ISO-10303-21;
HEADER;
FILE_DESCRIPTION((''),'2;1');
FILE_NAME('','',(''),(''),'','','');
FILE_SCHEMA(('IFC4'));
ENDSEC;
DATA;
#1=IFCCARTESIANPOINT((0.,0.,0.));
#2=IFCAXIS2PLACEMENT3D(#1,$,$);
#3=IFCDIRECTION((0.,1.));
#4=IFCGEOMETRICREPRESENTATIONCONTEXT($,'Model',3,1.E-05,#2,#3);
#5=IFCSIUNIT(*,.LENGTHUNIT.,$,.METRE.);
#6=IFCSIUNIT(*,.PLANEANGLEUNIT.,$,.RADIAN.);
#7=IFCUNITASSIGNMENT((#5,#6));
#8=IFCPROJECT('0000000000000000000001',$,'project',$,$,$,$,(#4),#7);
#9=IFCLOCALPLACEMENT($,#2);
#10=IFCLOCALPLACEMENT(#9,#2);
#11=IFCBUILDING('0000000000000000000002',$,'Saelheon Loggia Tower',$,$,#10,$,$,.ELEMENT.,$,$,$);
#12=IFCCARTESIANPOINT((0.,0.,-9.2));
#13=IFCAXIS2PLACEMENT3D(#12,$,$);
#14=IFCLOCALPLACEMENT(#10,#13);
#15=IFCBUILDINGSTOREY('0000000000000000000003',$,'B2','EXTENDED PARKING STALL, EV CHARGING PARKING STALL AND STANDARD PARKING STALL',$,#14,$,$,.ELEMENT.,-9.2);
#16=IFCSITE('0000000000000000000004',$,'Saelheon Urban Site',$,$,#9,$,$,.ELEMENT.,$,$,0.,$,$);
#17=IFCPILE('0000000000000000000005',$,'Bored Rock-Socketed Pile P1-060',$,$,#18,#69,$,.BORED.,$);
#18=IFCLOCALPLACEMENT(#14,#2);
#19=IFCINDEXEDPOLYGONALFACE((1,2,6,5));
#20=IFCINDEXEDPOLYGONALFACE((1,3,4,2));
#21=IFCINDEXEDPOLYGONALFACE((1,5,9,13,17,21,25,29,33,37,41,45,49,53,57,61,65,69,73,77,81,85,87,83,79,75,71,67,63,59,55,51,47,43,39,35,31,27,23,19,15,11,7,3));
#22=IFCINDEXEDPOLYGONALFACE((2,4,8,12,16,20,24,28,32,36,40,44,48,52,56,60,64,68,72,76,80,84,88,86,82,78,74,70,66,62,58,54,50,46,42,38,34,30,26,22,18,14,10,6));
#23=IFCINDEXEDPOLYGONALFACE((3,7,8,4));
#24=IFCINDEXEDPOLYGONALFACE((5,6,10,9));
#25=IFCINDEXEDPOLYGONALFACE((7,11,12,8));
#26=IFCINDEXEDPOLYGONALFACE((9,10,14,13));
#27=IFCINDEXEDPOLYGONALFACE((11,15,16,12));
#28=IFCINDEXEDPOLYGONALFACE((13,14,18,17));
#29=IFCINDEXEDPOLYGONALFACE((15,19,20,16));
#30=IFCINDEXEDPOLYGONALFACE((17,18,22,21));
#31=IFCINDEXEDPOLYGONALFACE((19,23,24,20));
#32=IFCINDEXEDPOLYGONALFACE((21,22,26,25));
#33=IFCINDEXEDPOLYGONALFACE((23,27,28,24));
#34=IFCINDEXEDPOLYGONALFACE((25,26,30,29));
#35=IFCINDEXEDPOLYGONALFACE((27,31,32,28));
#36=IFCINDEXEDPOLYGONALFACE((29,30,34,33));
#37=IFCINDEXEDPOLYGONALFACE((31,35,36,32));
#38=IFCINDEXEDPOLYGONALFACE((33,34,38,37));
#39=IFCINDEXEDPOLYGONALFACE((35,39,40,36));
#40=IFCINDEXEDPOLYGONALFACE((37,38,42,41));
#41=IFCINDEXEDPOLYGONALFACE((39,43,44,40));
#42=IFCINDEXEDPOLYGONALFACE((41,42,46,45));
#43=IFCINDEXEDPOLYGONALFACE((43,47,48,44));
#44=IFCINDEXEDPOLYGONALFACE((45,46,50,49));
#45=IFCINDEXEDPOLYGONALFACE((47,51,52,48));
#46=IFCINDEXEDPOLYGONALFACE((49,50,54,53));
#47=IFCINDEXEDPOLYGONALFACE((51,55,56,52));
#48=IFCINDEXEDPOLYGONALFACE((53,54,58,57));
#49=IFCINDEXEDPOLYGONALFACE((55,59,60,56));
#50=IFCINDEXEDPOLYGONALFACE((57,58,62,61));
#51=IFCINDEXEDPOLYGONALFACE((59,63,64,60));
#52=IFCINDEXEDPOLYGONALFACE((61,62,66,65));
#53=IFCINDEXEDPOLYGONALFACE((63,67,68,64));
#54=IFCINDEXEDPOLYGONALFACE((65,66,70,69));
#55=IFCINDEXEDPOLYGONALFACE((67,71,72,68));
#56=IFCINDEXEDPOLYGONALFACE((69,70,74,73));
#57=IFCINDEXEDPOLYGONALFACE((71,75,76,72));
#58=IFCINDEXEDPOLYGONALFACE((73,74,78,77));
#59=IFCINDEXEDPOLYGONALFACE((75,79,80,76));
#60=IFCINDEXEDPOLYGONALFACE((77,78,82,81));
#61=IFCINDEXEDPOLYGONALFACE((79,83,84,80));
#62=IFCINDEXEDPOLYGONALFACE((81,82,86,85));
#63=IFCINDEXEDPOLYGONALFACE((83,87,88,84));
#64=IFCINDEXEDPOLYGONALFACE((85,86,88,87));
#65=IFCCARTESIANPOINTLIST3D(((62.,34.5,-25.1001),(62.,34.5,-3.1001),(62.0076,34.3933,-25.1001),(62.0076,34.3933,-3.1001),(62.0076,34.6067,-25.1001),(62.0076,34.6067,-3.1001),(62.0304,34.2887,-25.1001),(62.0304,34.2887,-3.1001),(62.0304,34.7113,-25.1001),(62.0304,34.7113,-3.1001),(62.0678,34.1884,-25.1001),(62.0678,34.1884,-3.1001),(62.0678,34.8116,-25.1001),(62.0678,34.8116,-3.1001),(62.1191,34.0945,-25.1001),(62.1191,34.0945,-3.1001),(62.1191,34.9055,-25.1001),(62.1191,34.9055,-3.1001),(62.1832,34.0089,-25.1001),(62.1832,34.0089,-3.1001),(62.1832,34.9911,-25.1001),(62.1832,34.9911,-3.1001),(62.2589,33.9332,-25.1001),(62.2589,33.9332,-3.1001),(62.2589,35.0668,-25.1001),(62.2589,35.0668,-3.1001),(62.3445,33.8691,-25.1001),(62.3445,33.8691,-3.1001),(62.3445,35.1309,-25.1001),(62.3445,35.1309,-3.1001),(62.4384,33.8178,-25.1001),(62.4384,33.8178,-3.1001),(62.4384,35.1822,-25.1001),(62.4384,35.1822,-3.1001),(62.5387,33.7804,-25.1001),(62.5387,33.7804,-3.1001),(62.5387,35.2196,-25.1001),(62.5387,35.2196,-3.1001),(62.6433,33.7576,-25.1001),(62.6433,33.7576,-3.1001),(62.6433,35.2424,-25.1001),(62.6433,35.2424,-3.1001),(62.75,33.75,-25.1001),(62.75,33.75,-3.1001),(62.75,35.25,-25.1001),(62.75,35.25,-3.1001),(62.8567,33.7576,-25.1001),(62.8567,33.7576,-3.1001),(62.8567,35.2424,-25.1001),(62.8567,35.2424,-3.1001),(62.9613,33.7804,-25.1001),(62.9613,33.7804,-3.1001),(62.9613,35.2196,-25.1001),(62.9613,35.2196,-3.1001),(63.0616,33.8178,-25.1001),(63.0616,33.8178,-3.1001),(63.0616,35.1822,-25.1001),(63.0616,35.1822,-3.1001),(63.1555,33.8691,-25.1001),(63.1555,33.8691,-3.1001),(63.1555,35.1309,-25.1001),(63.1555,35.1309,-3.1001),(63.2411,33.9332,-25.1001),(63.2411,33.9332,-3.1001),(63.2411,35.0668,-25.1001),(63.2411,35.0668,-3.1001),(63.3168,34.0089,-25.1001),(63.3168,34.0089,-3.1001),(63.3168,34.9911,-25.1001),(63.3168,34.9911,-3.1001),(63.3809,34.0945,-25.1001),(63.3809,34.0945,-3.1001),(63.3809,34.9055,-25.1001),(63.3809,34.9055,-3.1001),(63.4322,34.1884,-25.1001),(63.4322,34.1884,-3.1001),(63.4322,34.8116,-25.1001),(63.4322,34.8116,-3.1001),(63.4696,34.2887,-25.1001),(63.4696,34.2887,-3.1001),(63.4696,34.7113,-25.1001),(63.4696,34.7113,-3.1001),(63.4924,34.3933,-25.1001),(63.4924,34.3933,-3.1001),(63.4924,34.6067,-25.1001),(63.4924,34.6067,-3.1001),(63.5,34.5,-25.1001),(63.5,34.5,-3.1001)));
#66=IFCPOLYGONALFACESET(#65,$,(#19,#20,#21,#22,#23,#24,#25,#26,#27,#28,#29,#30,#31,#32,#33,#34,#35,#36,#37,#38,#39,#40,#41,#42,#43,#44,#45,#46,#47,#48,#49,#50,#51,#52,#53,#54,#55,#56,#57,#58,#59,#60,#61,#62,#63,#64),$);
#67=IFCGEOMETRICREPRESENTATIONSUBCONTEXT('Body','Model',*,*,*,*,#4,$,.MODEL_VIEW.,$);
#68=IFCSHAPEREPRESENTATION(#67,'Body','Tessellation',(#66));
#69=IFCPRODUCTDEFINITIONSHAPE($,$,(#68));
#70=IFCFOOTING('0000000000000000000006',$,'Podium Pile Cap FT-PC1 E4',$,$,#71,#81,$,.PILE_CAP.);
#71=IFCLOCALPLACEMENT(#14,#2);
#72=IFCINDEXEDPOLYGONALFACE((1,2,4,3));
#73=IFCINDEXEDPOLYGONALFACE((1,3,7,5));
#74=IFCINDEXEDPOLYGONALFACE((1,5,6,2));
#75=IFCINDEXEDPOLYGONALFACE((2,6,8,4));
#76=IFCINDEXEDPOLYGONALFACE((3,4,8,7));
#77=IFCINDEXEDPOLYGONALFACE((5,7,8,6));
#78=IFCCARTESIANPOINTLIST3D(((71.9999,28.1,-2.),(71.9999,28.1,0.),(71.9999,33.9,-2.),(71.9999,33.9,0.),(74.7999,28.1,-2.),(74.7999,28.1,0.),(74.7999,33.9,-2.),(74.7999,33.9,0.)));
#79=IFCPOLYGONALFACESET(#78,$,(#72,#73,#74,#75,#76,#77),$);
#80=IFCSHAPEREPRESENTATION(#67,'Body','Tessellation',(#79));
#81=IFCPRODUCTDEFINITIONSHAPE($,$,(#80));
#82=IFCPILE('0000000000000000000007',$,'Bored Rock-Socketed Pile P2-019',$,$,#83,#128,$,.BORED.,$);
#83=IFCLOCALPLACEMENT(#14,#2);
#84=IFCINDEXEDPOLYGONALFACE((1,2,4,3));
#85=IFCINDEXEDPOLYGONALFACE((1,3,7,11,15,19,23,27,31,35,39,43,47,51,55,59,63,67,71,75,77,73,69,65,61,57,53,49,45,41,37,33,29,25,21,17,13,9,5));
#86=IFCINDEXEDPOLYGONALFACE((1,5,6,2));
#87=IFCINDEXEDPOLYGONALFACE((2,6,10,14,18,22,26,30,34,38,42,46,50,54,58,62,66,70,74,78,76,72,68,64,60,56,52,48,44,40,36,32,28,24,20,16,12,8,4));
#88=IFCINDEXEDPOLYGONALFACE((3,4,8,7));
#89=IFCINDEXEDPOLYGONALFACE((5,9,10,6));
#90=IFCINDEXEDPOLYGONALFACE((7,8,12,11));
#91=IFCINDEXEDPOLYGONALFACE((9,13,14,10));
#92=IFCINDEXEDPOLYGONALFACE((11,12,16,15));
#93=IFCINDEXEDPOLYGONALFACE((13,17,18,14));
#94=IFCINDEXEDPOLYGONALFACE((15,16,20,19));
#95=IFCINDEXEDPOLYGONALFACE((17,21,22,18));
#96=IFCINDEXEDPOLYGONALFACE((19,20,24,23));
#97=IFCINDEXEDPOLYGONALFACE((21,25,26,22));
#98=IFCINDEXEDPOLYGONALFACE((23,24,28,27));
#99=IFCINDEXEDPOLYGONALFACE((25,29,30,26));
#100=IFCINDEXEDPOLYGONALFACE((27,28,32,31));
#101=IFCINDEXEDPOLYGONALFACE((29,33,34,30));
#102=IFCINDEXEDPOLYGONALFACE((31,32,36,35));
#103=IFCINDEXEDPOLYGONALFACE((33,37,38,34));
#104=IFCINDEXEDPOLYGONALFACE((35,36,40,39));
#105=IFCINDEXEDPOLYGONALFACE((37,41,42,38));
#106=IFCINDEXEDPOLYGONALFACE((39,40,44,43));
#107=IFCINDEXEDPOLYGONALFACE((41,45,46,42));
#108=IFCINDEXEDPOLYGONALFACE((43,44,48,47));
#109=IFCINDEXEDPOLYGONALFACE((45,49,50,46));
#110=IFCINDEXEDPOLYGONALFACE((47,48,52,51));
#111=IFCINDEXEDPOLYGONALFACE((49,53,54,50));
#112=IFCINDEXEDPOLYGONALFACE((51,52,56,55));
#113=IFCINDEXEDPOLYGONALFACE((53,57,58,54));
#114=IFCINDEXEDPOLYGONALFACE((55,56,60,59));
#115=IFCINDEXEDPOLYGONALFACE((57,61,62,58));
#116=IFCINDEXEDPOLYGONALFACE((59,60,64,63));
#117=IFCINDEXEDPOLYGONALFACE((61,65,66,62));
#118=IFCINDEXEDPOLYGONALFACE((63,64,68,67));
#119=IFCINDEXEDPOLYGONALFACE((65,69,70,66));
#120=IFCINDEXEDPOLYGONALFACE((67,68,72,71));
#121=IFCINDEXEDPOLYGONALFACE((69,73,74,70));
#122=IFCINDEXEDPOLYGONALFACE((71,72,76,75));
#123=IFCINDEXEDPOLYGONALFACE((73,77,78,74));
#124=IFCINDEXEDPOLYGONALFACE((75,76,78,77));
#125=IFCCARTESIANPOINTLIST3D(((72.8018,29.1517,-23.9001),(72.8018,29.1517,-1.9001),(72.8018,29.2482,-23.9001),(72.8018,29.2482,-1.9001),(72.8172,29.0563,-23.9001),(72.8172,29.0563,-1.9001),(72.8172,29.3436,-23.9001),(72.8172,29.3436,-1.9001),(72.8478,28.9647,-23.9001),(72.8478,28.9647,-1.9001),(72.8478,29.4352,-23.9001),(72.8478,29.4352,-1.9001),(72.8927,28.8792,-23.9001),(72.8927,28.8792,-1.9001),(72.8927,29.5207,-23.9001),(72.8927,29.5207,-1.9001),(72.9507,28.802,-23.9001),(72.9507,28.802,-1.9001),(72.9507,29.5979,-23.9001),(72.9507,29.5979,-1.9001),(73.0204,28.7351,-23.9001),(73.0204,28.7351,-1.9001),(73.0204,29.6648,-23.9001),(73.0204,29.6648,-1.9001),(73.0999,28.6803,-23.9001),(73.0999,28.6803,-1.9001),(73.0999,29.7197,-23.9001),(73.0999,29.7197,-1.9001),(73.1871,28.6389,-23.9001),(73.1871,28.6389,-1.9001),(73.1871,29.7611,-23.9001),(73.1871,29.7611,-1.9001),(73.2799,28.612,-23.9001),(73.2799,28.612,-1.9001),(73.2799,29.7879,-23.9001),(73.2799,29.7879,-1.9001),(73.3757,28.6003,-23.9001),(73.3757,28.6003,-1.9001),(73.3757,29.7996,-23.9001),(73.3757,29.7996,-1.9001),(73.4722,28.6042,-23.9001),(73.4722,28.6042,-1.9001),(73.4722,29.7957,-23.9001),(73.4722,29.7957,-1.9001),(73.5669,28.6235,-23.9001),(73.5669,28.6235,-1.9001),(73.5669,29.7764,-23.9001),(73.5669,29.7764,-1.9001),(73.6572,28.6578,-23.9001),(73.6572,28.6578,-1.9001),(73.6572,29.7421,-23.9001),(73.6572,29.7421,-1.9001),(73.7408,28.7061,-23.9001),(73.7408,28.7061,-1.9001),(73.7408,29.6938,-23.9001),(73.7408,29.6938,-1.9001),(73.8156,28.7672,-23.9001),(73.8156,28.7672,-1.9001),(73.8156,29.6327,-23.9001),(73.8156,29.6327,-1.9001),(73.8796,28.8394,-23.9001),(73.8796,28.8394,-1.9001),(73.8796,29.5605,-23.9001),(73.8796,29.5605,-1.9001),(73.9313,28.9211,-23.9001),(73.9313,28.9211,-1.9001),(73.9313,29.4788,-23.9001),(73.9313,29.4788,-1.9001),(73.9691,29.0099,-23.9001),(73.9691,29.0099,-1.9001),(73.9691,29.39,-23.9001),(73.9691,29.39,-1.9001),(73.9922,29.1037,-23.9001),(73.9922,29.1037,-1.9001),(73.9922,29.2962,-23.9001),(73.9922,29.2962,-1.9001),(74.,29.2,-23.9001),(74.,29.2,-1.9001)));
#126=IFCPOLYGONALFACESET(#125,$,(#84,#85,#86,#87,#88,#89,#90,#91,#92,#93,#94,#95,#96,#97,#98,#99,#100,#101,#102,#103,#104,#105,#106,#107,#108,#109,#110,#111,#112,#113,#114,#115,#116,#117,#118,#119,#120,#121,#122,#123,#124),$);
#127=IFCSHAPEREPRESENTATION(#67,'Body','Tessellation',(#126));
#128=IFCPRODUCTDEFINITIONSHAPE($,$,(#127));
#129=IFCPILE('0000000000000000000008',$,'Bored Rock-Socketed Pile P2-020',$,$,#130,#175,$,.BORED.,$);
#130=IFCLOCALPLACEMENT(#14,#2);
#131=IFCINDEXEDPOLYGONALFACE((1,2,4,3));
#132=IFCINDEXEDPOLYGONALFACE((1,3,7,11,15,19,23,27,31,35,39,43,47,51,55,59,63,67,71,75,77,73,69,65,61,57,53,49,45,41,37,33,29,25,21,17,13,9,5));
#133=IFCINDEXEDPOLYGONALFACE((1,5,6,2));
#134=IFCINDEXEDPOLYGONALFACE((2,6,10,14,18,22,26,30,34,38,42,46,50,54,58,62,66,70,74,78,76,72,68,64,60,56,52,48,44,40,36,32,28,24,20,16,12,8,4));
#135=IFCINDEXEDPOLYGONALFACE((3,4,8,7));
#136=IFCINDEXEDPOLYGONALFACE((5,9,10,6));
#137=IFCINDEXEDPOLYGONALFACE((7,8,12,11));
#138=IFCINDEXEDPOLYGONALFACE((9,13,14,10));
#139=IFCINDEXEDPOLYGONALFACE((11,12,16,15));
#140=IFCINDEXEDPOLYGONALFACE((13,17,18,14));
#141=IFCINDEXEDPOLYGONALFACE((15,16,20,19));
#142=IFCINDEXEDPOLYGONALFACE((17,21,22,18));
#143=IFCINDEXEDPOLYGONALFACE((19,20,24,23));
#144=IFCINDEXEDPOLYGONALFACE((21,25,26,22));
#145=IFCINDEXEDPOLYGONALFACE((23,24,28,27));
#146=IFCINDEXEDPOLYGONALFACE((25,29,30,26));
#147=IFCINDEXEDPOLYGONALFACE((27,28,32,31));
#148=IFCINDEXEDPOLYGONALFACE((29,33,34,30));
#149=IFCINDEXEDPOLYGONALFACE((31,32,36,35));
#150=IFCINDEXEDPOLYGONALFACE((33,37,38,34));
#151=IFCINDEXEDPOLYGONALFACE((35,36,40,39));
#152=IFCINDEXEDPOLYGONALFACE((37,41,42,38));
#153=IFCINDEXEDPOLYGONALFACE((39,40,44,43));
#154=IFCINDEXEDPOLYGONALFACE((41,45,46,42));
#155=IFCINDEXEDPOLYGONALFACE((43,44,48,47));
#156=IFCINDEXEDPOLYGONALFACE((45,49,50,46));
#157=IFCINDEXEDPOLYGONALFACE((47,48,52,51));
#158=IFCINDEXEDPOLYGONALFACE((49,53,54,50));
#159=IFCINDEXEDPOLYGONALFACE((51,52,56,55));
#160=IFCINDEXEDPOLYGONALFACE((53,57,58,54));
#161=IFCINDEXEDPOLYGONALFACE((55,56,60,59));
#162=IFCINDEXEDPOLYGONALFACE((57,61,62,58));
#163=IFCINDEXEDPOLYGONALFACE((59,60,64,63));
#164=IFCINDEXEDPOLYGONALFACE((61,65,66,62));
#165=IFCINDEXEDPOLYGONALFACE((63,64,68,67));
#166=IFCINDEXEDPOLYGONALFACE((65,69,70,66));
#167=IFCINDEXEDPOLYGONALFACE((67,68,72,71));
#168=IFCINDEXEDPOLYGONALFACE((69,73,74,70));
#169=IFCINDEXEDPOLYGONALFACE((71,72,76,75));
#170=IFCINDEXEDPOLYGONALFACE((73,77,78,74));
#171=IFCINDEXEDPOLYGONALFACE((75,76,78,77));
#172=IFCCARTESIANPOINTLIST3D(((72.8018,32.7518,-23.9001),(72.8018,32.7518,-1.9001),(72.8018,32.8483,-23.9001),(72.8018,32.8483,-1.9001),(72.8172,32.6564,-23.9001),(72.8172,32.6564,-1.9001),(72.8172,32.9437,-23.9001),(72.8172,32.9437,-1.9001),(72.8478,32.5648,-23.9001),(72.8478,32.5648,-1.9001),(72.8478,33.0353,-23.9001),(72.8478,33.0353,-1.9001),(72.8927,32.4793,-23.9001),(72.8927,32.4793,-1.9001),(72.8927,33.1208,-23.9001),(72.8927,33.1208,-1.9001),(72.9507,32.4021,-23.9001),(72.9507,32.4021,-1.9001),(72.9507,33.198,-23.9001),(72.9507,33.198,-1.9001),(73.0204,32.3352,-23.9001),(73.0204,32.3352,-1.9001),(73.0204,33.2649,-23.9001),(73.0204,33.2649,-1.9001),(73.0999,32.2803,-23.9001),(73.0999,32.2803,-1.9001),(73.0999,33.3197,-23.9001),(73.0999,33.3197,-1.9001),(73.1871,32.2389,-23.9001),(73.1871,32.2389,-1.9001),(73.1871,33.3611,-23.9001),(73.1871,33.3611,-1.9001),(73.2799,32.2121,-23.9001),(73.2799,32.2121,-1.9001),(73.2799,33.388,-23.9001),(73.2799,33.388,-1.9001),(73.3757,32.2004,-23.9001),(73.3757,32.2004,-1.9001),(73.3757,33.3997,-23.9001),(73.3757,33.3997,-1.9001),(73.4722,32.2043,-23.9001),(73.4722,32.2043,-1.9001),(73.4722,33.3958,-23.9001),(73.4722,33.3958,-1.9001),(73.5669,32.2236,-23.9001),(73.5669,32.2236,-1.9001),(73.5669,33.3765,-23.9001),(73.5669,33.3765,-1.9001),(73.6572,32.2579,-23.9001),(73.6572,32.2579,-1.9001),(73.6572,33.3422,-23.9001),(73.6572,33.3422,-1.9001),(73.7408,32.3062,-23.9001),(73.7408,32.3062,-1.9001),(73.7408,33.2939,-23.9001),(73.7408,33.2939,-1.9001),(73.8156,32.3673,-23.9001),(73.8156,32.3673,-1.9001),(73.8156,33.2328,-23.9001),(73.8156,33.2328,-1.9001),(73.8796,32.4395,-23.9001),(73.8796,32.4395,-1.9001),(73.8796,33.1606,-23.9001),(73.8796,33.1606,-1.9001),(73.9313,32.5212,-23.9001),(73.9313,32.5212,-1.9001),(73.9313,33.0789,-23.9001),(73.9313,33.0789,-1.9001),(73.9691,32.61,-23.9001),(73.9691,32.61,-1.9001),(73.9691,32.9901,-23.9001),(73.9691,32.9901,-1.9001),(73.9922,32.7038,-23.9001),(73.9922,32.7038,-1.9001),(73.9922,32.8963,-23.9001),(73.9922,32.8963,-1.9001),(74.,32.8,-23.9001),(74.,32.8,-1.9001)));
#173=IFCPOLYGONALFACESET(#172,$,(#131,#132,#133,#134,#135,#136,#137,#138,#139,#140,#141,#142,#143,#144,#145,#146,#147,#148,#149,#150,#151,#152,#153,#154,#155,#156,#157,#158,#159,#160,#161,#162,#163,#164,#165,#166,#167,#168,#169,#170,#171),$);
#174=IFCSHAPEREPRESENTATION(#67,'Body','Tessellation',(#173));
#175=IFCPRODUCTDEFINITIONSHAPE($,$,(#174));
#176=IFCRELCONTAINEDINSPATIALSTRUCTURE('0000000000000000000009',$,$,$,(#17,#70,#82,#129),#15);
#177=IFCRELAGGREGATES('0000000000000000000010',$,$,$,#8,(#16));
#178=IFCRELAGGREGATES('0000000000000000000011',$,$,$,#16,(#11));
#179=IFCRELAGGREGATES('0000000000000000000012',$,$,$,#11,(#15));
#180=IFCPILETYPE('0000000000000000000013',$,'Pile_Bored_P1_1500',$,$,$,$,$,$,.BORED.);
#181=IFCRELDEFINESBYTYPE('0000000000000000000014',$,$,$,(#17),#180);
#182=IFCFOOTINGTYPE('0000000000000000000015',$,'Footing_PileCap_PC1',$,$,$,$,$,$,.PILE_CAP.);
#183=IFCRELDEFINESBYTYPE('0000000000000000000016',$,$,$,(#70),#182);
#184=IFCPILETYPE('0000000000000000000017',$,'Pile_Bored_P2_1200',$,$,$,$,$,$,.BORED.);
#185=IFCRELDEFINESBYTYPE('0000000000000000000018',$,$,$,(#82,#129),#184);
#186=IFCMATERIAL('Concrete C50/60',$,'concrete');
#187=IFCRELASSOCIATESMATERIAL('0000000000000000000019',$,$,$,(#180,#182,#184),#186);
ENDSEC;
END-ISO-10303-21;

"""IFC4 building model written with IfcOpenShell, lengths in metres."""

from ifc_helpers import new_model, si_unit, direction, frame, origin, origin_2d, place, context, subcontext, project, spatial, rectangle, circle, extrude, source, transform, mapped, material, material_profile, profile_set, type_object, element, save


model = new_model("IFC4")

# Units and contexts
model_context = context("Model", 3, precision=1e-05, world=origin(), true_north=direction((0.0, 1.0)))
body_context = subcontext(model_context, "Body", "Model", "MODEL_VIEW")
ifc_project = project(units=[si_unit("LENGTHUNIT", "METRE"), si_unit("PLANEANGLEUNIT", "RADIAN")], contexts=[model_context])

# Site, building, storey
site_placement = place(None, origin())
site = spatial("IfcSite", under=ifc_project, at=site_placement, Name="Saelheon Urban Site", CompositionType="ELEMENT", RefElevation=0.0)
building_placement = place(site_placement, origin())
building = spatial("IfcBuilding", under=site, at=building_placement, Name="Saelheon Loggia Tower", CompositionType="ELEMENT")
storey_placement = place(building_placement, frame((0.0, 0.0, -9.2)))
storey = spatial("IfcBuildingStorey", under=building, at=storey_placement, Name="B2", Description="EXTENDED PARKING STALL, EV CHARGING PARKING STALL AND STANDARD PARKING STALL", CompositionType="ELEMENT", Elevation=-9.2)

# Pile
ifc_material_1 = material(Name="Concrete C50/60", Category="concrete")
ifc_material_profile_1 = material_profile(ifc_material_1, circle(Radius=0.75, at=origin_2d()), Name="CIRC-1500")
ifc_profile_set_1 = profile_set([ifc_material_profile_1], Name="Concrete C50/60")
pile_type_1 = type_object("IfcPileType", Name="Pile_Bored_P1_1500", PredefinedType="BORED", material=ifc_profile_set_1)
shared_shape_1 = source(origin(), body_context, "Body", "SweptSolid", [
    extrude(circle(Radius=0.75, at=origin_2d()), origin(), (0.0, 0.0, 1.0), 22.0),
])
for number, where, z_axis, x_axis, name in (
    (1, (62.75, 34.5, -3.1001), (0.0, 0.0, -1.0), (1.0, 0.0, 0.0), "Bored Rock-Socketed Pile P1-060"),
):
    element("IfcPile", number, at=place(storey_placement, frame(where, z_axis=z_axis, x_axis=x_axis)), inside=storey, type_object=pile_type_1, Name=name, PredefinedType="BORED", context=body_context, shape_type="MappedRepresentation", body=[
        mapped(shared_shape_1, transform((0.0, 0.0, 0.0), scale=1.0)),
    ])

# Footing
footing_type_1 = type_object("IfcFootingType", Name="Footing_PileCap_PC1", PredefinedType="PILE_CAP", material=ifc_material_1)
shared_shape_2 = source(origin(), body_context, "Body", "SweptSolid", [
    extrude(rectangle(XDim=2.8, YDim=5.8, at=origin_2d()), origin(), (0.0, 0.0, 1.0), 2.0),
])
footing_1_placement = place(storey_placement, frame((73.3999, 31.0, -2.0), z_axis=(0.0, 0.0, 1.0), x_axis=(1.0, 0.0, 0.0)))
element("IfcFooting", 2, at=footing_1_placement, inside=storey, type_object=footing_type_1, Name="Podium Pile Cap FT-PC1 E4", PredefinedType="PILE_CAP", context=body_context, shape_type="MappedRepresentation", body=[
    mapped(shared_shape_2, transform((0.0, 0.0, 0.0), scale=1.0)),
])

# Piles
ifc_material_profile_2 = material_profile(ifc_material_1, circle(Radius=0.6001, at=origin_2d()), Name="CIRC-1200")
ifc_profile_set_2 = profile_set([ifc_material_profile_2], Name="Concrete C50/60")
pile_type_2 = type_object("IfcPileType", Name="Pile_Bored_P2_1200", PredefinedType="BORED", material=ifc_profile_set_2)
shared_shape_3 = source(origin(), body_context, "Body", "SweptSolid", [
    extrude(circle(Radius=0.6001, at=origin_2d()), origin(), (0.0, 0.0, 1.0), 22.0),
])
for number, where, z_axis, x_axis, name in (
    (3, (73.3999, 29.2, -1.9001), (0.0, 0.0, -1.0), (1.0, 0.0, 0.0), "Bored Rock-Socketed Pile P2-019"),
    (4, (73.3999, 32.8, -1.9001), (0.0, 0.0, -1.0), (1.0, 0.0, 0.0), "Bored Rock-Socketed Pile P2-020"),
):
    element("IfcPile", number, at=place(storey_placement, frame(where, z_axis=z_axis, x_axis=x_axis)), inside=storey, type_object=pile_type_2, Name=name, PredefinedType="BORED", context=body_context, shape_type="MappedRepresentation", body=[
        mapped(shared_shape_3, transform((0.0, 0.0, 0.0), scale=1.0)),
    ])

save(model, "model.ifc")
